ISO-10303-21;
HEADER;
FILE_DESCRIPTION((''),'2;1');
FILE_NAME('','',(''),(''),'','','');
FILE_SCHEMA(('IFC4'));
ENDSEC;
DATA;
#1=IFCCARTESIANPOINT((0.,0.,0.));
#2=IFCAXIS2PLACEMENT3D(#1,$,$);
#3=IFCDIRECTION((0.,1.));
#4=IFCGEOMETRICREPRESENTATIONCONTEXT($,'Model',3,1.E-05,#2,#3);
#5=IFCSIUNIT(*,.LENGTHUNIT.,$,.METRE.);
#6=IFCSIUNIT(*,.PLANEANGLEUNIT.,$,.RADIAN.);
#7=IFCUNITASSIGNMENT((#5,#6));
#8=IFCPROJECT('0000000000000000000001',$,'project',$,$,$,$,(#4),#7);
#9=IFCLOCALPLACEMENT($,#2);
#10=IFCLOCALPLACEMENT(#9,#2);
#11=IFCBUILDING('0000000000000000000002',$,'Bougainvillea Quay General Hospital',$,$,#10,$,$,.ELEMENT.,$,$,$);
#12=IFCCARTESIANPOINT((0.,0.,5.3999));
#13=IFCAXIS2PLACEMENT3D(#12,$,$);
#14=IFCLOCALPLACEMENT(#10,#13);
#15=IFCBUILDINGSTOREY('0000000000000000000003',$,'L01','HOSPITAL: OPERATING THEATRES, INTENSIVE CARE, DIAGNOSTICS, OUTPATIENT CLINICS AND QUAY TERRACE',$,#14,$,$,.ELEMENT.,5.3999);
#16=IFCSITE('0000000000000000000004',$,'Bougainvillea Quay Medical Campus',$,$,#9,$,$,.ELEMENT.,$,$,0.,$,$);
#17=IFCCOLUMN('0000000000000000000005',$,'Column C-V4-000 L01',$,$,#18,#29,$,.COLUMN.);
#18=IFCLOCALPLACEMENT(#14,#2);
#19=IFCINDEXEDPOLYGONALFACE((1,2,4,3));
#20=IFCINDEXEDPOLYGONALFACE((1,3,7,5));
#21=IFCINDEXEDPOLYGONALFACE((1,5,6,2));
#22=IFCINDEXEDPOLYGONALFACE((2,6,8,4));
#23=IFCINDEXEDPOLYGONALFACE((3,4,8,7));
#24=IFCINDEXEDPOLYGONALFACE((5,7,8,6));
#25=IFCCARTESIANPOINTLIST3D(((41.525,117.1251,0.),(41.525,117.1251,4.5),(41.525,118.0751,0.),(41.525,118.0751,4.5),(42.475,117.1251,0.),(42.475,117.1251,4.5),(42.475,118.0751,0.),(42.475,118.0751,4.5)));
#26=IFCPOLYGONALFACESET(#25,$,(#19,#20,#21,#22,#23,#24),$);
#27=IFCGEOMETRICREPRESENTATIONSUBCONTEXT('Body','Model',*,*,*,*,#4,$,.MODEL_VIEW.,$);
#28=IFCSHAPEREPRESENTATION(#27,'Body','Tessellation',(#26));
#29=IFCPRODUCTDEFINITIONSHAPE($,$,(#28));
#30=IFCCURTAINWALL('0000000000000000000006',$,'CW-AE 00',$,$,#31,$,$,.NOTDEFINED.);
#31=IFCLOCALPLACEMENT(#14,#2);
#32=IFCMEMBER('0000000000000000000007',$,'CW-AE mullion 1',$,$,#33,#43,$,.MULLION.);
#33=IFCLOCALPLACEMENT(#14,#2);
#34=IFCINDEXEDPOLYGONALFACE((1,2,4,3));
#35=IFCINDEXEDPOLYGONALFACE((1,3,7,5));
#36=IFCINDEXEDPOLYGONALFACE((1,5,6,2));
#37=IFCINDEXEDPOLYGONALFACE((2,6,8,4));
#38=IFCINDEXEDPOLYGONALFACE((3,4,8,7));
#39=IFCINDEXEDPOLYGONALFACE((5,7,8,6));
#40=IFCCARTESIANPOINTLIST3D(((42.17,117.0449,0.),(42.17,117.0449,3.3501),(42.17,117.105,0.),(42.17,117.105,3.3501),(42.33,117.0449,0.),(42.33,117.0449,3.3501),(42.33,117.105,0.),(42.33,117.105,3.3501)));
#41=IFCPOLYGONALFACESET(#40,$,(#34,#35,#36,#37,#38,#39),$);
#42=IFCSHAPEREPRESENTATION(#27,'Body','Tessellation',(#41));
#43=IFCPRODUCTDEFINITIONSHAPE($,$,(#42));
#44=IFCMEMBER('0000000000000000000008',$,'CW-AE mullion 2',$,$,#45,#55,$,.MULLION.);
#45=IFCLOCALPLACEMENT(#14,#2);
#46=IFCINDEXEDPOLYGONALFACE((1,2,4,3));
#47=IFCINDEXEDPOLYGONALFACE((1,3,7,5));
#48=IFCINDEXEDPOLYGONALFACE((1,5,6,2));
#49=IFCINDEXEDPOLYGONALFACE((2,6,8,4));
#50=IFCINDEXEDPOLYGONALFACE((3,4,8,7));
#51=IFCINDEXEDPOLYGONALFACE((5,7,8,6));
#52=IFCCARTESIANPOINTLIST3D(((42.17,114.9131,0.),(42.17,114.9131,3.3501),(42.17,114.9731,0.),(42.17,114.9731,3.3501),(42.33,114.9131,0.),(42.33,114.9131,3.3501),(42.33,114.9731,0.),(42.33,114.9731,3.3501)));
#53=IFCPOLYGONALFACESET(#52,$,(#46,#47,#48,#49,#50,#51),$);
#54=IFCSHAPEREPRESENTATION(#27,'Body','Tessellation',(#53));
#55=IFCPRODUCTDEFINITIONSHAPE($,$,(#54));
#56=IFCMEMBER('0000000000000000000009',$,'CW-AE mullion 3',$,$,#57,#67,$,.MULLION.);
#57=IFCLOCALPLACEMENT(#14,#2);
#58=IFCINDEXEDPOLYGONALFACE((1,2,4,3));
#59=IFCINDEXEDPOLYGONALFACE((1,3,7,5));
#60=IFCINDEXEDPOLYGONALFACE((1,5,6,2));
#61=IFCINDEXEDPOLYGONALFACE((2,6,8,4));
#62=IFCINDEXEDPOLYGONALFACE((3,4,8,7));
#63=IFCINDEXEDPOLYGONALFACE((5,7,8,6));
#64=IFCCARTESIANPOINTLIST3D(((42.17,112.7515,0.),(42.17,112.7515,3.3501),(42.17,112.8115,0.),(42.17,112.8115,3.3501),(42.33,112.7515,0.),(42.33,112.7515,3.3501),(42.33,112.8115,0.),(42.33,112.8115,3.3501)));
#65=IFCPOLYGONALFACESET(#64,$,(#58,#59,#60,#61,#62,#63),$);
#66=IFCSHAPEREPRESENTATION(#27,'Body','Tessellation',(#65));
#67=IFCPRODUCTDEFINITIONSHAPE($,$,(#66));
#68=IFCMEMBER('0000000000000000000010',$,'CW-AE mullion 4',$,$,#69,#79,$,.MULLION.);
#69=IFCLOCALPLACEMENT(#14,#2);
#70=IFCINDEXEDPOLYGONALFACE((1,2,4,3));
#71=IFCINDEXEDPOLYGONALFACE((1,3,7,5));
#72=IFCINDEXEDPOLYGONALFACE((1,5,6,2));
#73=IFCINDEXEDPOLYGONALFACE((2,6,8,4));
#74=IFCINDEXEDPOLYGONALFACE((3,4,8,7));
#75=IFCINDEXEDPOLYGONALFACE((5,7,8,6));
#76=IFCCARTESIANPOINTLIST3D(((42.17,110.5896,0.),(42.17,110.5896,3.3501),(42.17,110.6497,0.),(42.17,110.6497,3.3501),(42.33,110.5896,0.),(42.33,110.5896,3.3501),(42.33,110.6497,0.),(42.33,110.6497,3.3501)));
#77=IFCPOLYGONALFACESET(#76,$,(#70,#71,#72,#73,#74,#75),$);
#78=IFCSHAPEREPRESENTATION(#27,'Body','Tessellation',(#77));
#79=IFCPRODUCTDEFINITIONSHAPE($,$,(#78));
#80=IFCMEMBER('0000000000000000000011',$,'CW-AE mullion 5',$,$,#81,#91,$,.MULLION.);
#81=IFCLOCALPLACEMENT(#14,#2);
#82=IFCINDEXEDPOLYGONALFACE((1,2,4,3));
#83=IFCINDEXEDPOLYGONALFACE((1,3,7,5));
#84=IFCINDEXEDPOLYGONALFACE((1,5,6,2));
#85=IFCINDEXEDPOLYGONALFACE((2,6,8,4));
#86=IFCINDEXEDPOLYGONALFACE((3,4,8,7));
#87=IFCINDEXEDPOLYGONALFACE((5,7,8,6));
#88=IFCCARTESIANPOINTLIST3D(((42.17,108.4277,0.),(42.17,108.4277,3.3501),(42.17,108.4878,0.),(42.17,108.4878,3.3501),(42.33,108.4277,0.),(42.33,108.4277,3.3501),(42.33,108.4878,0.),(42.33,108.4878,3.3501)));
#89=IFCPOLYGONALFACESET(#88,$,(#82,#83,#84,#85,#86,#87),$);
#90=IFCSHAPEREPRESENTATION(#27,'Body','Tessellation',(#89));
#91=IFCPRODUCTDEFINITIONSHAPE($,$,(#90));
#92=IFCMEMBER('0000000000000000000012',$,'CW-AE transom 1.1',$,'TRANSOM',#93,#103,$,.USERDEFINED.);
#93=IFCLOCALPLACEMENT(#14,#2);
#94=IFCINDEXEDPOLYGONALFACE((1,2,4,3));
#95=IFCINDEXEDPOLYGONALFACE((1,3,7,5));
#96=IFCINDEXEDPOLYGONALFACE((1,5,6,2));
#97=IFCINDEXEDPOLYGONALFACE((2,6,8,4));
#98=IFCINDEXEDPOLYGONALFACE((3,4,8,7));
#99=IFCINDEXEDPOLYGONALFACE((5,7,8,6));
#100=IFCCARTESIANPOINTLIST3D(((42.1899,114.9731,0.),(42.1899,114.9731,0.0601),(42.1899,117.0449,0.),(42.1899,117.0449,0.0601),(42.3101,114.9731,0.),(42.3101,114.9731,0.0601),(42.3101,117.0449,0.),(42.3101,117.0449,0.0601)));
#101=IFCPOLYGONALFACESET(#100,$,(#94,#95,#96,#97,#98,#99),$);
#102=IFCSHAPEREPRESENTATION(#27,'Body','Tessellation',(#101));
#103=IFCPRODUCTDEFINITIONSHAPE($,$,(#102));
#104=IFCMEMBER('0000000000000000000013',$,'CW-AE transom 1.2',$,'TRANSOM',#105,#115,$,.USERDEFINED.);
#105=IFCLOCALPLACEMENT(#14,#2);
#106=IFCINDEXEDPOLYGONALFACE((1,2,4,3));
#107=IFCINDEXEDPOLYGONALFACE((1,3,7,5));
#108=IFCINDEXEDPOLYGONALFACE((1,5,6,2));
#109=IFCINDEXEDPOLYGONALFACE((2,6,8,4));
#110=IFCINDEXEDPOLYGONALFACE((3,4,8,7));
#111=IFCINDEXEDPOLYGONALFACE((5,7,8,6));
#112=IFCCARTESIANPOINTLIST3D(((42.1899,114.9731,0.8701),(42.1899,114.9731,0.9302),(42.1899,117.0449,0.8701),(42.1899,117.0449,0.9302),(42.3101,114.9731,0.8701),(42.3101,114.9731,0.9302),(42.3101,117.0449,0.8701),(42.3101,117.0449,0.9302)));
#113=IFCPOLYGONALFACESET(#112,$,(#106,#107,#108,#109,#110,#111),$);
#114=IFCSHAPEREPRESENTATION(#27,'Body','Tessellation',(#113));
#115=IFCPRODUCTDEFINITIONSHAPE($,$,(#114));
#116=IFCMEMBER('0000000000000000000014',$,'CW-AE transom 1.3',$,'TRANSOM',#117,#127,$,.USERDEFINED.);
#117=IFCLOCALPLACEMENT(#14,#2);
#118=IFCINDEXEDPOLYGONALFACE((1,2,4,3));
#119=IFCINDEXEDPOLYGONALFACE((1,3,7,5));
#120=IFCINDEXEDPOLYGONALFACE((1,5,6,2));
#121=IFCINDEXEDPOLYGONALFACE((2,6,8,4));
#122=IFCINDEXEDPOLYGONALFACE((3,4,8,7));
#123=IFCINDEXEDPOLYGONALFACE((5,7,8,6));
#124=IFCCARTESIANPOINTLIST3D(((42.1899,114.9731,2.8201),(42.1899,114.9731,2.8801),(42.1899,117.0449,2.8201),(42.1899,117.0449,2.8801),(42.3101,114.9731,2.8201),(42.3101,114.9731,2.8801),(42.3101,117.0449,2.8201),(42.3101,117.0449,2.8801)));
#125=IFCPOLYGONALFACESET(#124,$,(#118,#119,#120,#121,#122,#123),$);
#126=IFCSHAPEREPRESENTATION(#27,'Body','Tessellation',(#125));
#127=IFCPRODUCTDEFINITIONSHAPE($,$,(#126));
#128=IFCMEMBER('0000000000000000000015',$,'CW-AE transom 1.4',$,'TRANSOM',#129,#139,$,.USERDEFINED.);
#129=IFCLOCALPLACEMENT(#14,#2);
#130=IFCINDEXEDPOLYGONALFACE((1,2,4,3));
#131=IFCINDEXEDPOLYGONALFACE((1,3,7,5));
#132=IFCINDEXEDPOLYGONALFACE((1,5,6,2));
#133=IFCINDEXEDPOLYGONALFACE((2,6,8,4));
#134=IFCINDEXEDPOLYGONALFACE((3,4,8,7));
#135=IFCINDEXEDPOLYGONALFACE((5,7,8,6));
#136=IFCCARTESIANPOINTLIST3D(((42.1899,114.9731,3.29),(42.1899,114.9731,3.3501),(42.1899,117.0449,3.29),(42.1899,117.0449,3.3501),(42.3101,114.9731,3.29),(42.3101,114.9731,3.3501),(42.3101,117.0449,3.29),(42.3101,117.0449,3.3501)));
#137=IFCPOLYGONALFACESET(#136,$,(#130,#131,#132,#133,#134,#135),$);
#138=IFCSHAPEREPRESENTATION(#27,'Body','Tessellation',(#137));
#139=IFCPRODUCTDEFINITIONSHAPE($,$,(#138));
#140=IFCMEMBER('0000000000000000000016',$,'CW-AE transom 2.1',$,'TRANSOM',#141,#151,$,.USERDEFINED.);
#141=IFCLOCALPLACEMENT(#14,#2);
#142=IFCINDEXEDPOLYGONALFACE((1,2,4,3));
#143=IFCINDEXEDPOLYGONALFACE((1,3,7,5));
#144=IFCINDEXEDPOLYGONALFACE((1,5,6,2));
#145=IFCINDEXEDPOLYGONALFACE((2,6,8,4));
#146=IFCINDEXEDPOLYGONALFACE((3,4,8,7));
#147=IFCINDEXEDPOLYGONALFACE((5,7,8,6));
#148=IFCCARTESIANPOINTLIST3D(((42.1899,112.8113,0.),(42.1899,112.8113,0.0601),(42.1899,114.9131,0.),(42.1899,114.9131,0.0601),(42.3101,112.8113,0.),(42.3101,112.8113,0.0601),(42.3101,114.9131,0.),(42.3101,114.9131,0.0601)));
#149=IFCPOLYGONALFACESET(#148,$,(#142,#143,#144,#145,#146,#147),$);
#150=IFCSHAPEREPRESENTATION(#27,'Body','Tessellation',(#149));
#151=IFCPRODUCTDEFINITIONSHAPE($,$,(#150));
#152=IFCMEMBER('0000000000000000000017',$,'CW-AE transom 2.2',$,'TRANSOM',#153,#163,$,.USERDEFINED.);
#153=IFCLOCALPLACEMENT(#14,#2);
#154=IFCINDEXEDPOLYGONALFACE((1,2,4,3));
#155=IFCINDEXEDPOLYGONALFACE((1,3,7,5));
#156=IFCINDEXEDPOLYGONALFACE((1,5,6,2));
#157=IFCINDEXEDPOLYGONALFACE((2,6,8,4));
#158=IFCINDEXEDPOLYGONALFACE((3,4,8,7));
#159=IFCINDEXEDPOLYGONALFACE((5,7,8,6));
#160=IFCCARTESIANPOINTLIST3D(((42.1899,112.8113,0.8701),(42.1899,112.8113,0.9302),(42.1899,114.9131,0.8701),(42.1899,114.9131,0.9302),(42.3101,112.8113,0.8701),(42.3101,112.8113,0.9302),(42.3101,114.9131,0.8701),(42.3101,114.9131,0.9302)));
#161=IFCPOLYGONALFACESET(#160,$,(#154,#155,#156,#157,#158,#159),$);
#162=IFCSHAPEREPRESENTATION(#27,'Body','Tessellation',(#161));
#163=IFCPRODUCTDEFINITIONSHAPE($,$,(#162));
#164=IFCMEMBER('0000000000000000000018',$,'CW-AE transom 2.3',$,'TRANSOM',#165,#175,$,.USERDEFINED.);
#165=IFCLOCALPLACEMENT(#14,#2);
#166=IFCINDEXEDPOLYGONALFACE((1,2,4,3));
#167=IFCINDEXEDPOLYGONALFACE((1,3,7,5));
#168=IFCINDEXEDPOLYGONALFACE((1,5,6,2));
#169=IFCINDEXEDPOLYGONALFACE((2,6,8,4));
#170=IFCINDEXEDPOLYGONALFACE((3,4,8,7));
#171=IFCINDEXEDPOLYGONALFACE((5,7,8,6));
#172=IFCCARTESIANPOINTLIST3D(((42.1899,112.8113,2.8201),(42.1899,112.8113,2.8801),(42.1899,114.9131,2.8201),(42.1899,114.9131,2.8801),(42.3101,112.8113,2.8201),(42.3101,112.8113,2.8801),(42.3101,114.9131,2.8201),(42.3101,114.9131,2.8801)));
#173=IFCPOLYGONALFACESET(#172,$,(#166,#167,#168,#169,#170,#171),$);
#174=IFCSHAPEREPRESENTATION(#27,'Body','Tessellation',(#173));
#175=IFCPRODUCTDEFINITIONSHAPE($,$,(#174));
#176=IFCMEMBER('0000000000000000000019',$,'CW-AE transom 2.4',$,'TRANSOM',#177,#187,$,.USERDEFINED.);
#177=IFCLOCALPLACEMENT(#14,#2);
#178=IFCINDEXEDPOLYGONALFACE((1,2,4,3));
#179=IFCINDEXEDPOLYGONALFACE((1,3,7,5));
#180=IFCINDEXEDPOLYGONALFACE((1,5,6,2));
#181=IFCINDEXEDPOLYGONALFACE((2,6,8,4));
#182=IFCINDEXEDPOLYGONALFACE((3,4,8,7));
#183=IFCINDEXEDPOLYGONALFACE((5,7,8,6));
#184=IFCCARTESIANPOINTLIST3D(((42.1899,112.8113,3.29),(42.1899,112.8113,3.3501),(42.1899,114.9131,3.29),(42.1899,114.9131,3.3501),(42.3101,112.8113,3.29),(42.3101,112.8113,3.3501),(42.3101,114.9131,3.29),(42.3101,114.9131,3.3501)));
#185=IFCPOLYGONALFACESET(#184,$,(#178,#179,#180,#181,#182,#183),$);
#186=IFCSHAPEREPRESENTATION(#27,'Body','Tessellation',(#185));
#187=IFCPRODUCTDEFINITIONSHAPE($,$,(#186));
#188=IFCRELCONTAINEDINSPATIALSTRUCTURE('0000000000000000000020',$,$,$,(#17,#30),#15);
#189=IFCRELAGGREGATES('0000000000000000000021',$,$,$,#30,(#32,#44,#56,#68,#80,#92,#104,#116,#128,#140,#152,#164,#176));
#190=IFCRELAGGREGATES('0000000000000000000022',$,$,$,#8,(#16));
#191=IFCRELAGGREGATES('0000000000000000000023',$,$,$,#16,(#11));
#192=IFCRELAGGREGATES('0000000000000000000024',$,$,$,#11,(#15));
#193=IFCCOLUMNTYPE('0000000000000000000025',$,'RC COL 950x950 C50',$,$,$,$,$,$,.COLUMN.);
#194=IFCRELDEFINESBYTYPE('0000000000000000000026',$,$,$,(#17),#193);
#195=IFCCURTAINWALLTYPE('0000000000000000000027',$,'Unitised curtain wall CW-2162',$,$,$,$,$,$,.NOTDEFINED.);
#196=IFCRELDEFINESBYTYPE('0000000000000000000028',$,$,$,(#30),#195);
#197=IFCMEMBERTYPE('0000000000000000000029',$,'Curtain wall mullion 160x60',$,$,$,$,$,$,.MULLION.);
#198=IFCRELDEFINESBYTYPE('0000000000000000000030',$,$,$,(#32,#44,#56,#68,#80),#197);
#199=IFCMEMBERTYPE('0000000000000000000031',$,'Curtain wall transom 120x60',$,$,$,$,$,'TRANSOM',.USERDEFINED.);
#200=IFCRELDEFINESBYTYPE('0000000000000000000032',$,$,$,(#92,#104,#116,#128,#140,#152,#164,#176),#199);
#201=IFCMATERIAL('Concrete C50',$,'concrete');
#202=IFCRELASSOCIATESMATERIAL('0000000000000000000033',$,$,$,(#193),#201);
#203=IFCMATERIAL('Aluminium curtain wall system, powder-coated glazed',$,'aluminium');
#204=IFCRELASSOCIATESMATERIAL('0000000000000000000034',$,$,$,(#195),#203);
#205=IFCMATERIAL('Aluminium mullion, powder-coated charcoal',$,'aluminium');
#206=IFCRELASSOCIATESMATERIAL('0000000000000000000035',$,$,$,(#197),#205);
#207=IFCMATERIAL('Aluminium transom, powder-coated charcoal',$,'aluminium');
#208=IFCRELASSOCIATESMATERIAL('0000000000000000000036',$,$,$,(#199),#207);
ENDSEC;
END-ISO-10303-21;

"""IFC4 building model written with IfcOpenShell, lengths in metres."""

from ifc_helpers import new_model, si_unit, direction, frame, origin, origin_2d, place, context, subcontext, project, spatial, rectangle, extrude, material, material_profile, profile_set, type_object, element, aggregate, save


model = new_model("IFC4")

# Units and contexts
model_context = context("Model", 3, precision=1e-05, world=origin(), true_north=direction((0.0, 1.0)))
body_context = subcontext(model_context, "Body", "Model", "MODEL_VIEW")
ifc_project = project(units=[si_unit("LENGTHUNIT", "METRE"), si_unit("PLANEANGLEUNIT", "RADIAN")], contexts=[model_context])

# Site, building, storey
site_placement = place(None, origin())
site = spatial("IfcSite", under=ifc_project, at=site_placement, Name="Bougainvillea Quay Medical Campus", CompositionType="ELEMENT", RefElevation=0.0)
building_placement = place(site_placement, origin())
building = spatial("IfcBuilding", under=site, at=building_placement, Name="Bougainvillea Quay General Hospital", CompositionType="ELEMENT")
storey_placement = place(building_placement, frame((0.0, 0.0, 5.3999)))
storey = spatial("IfcBuildingStorey", under=building, at=storey_placement, Name="L01", Description="HOSPITAL: OPERATING THEATRES, INTENSIVE CARE, DIAGNOSTICS, OUTPATIENT CLINICS AND QUAY TERRACE", CompositionType="ELEMENT", Elevation=5.3999)

# Column
ifc_material_1 = material(Name="Concrete C50", Category="concrete")
ifc_material_profile_1 = material_profile(ifc_material_1, rectangle(XDim=0.95, YDim=0.95, at=origin_2d()))
ifc_profile_set_1 = profile_set([ifc_material_profile_1], Name="Concrete C50")
column_type = type_object("IfcColumnType", Name="RC COL 950x950 C50", PredefinedType="COLUMN", material=ifc_profile_set_1)
column_placement = place(storey_placement, frame((42.0, 117.6001, 0.0), z_axis=(0.0, 0.0, 1.0), x_axis=(1.0, 0.0, 0.0)))
element("IfcColumn", 1, at=column_placement, inside=storey, type_object=column_type, Name="Column C-V4-000 L01", PredefinedType="COLUMN", context=body_context, shape_type="SweptSolid", body=[
    extrude(rectangle(XDim=0.95, YDim=0.95, at=origin_2d()), origin(), (0.0, 0.0, 1.0), 4.5),
])

# Curtain wall, members
ifc_material_2 = material(Name="Aluminium curtain wall system, powder-coated glazed", Category="aluminium")
curtain_wall_type = type_object("IfcCurtainWallType", Name="Unitised curtain wall CW-2162", PredefinedType="NOTDEFINED", material=ifc_material_2)
curtain_wall_placement = place(storey_placement, origin())
curtain_wall = element("IfcCurtainWall", 2, at=curtain_wall_placement, inside=storey, type_object=curtain_wall_type, Name="CW-AE 00", PredefinedType="NOTDEFINED")
ifc_material_3 = material(Name="Aluminium mullion, powder-coated charcoal", Category="aluminium")
ifc_material_profile_2 = material_profile(ifc_material_3, rectangle(XDim=0.1599, YDim=0.0601, at=origin_2d()))
ifc_profile_set_2 = profile_set([ifc_material_profile_2], Name="Aluminium mullion, powder-coated charcoal")
member_type_1 = type_object("IfcMemberType", Name="Curtain wall mullion 160x60", PredefinedType="MULLION", material=ifc_profile_set_2)
member_1_placement = place(storey_placement, frame((42.25, 117.075, 0.0), z_axis=(0.0, 0.0, 1.0), x_axis=(1.0, 0.0, 0.0)))
member_1 = element("IfcMember", 3, at=member_1_placement, type_object=member_type_1, Name="CW-AE mullion 1", PredefinedType="MULLION", context=body_context, shape_type="SweptSolid", body=[
    extrude(rectangle(XDim=0.1599, YDim=0.0601, at=origin_2d()), origin(), (0.0, 0.0, 1.0), 3.3501),
])
member_2_placement = place(storey_placement, frame((42.25, 114.9431, 0.0), z_axis=(0.0, 0.0, 1.0), x_axis=(1.0, 0.0, 0.0)))
member_2 = element("IfcMember", 4, at=member_2_placement, type_object=member_type_1, Name="CW-AE mullion 2", PredefinedType="MULLION", context=body_context, shape_type="SweptSolid", body=[
    extrude(rectangle(XDim=0.1599, YDim=0.0601, at=origin_2d()), origin(), (0.0, 0.0, 1.0), 3.3501),
])
member_3_placement = place(storey_placement, frame((42.25, 112.7815, 0.0), z_axis=(0.0, 0.0, 1.0), x_axis=(1.0, 0.0, 0.0)))
member_3 = element("IfcMember", 5, at=member_3_placement, type_object=member_type_1, Name="CW-AE mullion 3", PredefinedType="MULLION", context=body_context, shape_type="SweptSolid", body=[
    extrude(rectangle(XDim=0.1599, YDim=0.0601, at=origin_2d()), origin(), (0.0, 0.0, 1.0), 3.3501),
])
member_4_placement = place(storey_placement, frame((42.25, 110.6196, 0.0), z_axis=(0.0, 0.0, 1.0), x_axis=(1.0, 0.0, 0.0)))
member_4 = element("IfcMember", 6, at=member_4_placement, type_object=member_type_1, Name="CW-AE mullion 4", PredefinedType="MULLION", context=body_context, shape_type="SweptSolid", body=[
    extrude(rectangle(XDim=0.1599, YDim=0.0601, at=origin_2d()), origin(), (0.0, 0.0, 1.0), 3.3501),
])
member_5_placement = place(storey_placement, frame((42.25, 108.4578, 0.0), z_axis=(0.0, 0.0, 1.0), x_axis=(1.0, 0.0, 0.0)))
member_5 = element("IfcMember", 7, at=member_5_placement, type_object=member_type_1, Name="CW-AE mullion 5", PredefinedType="MULLION", context=body_context, shape_type="SweptSolid", body=[
    extrude(rectangle(XDim=0.1599, YDim=0.0601, at=origin_2d()), origin(), (0.0, 0.0, 1.0), 3.3501),
])
ifc_material_4 = material(Name="Aluminium transom, powder-coated charcoal", Category="aluminium")
ifc_material_profile_3 = material_profile(ifc_material_4, rectangle(XDim=0.1201, YDim=0.0601, at=origin_2d()))
ifc_profile_set_3 = profile_set([ifc_material_profile_3], Name="Aluminium transom, powder-coated charcoal")
member_type_2 = type_object("IfcMemberType", Name="Curtain wall transom 120x60", ElementType="TRANSOM", PredefinedType="USERDEFINED", material=ifc_profile_set_3)
member_6_placement = place(storey_placement, frame((42.25, 117.0449, 0.03), z_axis=(0.0, -1.0, 0.0), x_axis=(1.0, 0.0, 0.0)))
member_6 = element("IfcMember", 8, at=member_6_placement, type_object=member_type_2, Name="CW-AE transom 1.1", ObjectType="TRANSOM", PredefinedType="USERDEFINED", context=body_context, shape_type="SweptSolid", body=[
    extrude(rectangle(XDim=0.1201, YDim=0.0601, at=origin_2d()), origin(), (0.0, 0.0, 1.0), 2.0718),
])
member_7_placement = place(storey_placement, frame((42.25, 117.0449, 0.9001), z_axis=(0.0, -1.0, 0.0), x_axis=(1.0, 0.0, 0.0)))
member_7 = element("IfcMember", 9, at=member_7_placement, type_object=member_type_2, Name="CW-AE transom 1.2", ObjectType="TRANSOM", PredefinedType="USERDEFINED", context=body_context, shape_type="SweptSolid", body=[
    extrude(rectangle(XDim=0.1201, YDim=0.0601, at=origin_2d()), origin(), (0.0, 0.0, 1.0), 2.0718),
])
member_8_placement = place(storey_placement, frame((42.25, 117.0449, 2.8501), z_axis=(0.0, -1.0, 0.0), x_axis=(1.0, 0.0, 0.0)))
member_8 = element("IfcMember", 10, at=member_8_placement, type_object=member_type_2, Name="CW-AE transom 1.3", ObjectType="TRANSOM", PredefinedType="USERDEFINED", context=body_context, shape_type="SweptSolid", body=[
    extrude(rectangle(XDim=0.1201, YDim=0.0601, at=origin_2d()), origin(), (0.0, 0.0, 1.0), 2.0718),
])
member_9_placement = place(storey_placement, frame((42.25, 117.0449, 3.3201), z_axis=(0.0, -1.0, 0.0), x_axis=(1.0, 0.0, 0.0)))
member_9 = element("IfcMember", 11, at=member_9_placement, type_object=member_type_2, Name="CW-AE transom 1.4", ObjectType="TRANSOM", PredefinedType="USERDEFINED", context=body_context, shape_type="SweptSolid", body=[
    extrude(rectangle(XDim=0.1201, YDim=0.0601, at=origin_2d()), origin(), (0.0, 0.0, 1.0), 2.0718),
])
member_10_placement = place(storey_placement, frame((42.25, 114.9131, 0.03), z_axis=(0.0, -1.0, 0.0), x_axis=(1.0, 0.0, 0.0)))
member_10 = element("IfcMember", 12, at=member_10_placement, type_object=member_type_2, Name="CW-AE transom 2.1", ObjectType="TRANSOM", PredefinedType="USERDEFINED", context=body_context, shape_type="SweptSolid", body=[
    extrude(rectangle(XDim=0.1201, YDim=0.0601, at=origin_2d()), origin(), (0.0, 0.0, 1.0), 2.1018),
])
member_11_placement = place(storey_placement, frame((42.25, 114.9131, 0.9001), z_axis=(0.0, -1.0, 0.0), x_axis=(1.0, 0.0, 0.0)))
member_11 = element("IfcMember", 13, at=member_11_placement, type_object=member_type_2, Name="CW-AE transom 2.2", ObjectType="TRANSOM", PredefinedType="USERDEFINED", context=body_context, shape_type="SweptSolid", body=[
    extrude(rectangle(XDim=0.1201, YDim=0.0601, at=origin_2d()), origin(), (0.0, 0.0, 1.0), 2.1018),
])
member_12_placement = place(storey_placement, frame((42.25, 114.9131, 2.8501), z_axis=(0.0, -1.0, 0.0), x_axis=(1.0, 0.0, 0.0)))
member_12 = element("IfcMember", 14, at=member_12_placement, type_object=member_type_2, Name="CW-AE transom 2.3", ObjectType="TRANSOM", PredefinedType="USERDEFINED", context=body_context, shape_type="SweptSolid", body=[
    extrude(rectangle(XDim=0.1201, YDim=0.0601, at=origin_2d()), origin(), (0.0, 0.0, 1.0), 2.1018),
])
member_13_placement = place(storey_placement, frame((42.25, 114.9131, 3.3201), z_axis=(0.0, -1.0, 0.0), x_axis=(1.0, 0.0, 0.0)))
member_13 = element("IfcMember", 15, at=member_13_placement, type_object=member_type_2, Name="CW-AE transom 2.4", ObjectType="TRANSOM", PredefinedType="USERDEFINED", context=body_context, shape_type="SweptSolid", body=[
    extrude(rectangle(XDim=0.1201, YDim=0.0601, at=origin_2d()), origin(), (0.0, 0.0, 1.0), 2.1018),
])
aggregate(curtain_wall, [member_1, member_2, member_3, member_4, member_5, member_6, member_7, member_8, member_9, member_10, member_11, member_12, member_13])

save(model, "model.ifc")
